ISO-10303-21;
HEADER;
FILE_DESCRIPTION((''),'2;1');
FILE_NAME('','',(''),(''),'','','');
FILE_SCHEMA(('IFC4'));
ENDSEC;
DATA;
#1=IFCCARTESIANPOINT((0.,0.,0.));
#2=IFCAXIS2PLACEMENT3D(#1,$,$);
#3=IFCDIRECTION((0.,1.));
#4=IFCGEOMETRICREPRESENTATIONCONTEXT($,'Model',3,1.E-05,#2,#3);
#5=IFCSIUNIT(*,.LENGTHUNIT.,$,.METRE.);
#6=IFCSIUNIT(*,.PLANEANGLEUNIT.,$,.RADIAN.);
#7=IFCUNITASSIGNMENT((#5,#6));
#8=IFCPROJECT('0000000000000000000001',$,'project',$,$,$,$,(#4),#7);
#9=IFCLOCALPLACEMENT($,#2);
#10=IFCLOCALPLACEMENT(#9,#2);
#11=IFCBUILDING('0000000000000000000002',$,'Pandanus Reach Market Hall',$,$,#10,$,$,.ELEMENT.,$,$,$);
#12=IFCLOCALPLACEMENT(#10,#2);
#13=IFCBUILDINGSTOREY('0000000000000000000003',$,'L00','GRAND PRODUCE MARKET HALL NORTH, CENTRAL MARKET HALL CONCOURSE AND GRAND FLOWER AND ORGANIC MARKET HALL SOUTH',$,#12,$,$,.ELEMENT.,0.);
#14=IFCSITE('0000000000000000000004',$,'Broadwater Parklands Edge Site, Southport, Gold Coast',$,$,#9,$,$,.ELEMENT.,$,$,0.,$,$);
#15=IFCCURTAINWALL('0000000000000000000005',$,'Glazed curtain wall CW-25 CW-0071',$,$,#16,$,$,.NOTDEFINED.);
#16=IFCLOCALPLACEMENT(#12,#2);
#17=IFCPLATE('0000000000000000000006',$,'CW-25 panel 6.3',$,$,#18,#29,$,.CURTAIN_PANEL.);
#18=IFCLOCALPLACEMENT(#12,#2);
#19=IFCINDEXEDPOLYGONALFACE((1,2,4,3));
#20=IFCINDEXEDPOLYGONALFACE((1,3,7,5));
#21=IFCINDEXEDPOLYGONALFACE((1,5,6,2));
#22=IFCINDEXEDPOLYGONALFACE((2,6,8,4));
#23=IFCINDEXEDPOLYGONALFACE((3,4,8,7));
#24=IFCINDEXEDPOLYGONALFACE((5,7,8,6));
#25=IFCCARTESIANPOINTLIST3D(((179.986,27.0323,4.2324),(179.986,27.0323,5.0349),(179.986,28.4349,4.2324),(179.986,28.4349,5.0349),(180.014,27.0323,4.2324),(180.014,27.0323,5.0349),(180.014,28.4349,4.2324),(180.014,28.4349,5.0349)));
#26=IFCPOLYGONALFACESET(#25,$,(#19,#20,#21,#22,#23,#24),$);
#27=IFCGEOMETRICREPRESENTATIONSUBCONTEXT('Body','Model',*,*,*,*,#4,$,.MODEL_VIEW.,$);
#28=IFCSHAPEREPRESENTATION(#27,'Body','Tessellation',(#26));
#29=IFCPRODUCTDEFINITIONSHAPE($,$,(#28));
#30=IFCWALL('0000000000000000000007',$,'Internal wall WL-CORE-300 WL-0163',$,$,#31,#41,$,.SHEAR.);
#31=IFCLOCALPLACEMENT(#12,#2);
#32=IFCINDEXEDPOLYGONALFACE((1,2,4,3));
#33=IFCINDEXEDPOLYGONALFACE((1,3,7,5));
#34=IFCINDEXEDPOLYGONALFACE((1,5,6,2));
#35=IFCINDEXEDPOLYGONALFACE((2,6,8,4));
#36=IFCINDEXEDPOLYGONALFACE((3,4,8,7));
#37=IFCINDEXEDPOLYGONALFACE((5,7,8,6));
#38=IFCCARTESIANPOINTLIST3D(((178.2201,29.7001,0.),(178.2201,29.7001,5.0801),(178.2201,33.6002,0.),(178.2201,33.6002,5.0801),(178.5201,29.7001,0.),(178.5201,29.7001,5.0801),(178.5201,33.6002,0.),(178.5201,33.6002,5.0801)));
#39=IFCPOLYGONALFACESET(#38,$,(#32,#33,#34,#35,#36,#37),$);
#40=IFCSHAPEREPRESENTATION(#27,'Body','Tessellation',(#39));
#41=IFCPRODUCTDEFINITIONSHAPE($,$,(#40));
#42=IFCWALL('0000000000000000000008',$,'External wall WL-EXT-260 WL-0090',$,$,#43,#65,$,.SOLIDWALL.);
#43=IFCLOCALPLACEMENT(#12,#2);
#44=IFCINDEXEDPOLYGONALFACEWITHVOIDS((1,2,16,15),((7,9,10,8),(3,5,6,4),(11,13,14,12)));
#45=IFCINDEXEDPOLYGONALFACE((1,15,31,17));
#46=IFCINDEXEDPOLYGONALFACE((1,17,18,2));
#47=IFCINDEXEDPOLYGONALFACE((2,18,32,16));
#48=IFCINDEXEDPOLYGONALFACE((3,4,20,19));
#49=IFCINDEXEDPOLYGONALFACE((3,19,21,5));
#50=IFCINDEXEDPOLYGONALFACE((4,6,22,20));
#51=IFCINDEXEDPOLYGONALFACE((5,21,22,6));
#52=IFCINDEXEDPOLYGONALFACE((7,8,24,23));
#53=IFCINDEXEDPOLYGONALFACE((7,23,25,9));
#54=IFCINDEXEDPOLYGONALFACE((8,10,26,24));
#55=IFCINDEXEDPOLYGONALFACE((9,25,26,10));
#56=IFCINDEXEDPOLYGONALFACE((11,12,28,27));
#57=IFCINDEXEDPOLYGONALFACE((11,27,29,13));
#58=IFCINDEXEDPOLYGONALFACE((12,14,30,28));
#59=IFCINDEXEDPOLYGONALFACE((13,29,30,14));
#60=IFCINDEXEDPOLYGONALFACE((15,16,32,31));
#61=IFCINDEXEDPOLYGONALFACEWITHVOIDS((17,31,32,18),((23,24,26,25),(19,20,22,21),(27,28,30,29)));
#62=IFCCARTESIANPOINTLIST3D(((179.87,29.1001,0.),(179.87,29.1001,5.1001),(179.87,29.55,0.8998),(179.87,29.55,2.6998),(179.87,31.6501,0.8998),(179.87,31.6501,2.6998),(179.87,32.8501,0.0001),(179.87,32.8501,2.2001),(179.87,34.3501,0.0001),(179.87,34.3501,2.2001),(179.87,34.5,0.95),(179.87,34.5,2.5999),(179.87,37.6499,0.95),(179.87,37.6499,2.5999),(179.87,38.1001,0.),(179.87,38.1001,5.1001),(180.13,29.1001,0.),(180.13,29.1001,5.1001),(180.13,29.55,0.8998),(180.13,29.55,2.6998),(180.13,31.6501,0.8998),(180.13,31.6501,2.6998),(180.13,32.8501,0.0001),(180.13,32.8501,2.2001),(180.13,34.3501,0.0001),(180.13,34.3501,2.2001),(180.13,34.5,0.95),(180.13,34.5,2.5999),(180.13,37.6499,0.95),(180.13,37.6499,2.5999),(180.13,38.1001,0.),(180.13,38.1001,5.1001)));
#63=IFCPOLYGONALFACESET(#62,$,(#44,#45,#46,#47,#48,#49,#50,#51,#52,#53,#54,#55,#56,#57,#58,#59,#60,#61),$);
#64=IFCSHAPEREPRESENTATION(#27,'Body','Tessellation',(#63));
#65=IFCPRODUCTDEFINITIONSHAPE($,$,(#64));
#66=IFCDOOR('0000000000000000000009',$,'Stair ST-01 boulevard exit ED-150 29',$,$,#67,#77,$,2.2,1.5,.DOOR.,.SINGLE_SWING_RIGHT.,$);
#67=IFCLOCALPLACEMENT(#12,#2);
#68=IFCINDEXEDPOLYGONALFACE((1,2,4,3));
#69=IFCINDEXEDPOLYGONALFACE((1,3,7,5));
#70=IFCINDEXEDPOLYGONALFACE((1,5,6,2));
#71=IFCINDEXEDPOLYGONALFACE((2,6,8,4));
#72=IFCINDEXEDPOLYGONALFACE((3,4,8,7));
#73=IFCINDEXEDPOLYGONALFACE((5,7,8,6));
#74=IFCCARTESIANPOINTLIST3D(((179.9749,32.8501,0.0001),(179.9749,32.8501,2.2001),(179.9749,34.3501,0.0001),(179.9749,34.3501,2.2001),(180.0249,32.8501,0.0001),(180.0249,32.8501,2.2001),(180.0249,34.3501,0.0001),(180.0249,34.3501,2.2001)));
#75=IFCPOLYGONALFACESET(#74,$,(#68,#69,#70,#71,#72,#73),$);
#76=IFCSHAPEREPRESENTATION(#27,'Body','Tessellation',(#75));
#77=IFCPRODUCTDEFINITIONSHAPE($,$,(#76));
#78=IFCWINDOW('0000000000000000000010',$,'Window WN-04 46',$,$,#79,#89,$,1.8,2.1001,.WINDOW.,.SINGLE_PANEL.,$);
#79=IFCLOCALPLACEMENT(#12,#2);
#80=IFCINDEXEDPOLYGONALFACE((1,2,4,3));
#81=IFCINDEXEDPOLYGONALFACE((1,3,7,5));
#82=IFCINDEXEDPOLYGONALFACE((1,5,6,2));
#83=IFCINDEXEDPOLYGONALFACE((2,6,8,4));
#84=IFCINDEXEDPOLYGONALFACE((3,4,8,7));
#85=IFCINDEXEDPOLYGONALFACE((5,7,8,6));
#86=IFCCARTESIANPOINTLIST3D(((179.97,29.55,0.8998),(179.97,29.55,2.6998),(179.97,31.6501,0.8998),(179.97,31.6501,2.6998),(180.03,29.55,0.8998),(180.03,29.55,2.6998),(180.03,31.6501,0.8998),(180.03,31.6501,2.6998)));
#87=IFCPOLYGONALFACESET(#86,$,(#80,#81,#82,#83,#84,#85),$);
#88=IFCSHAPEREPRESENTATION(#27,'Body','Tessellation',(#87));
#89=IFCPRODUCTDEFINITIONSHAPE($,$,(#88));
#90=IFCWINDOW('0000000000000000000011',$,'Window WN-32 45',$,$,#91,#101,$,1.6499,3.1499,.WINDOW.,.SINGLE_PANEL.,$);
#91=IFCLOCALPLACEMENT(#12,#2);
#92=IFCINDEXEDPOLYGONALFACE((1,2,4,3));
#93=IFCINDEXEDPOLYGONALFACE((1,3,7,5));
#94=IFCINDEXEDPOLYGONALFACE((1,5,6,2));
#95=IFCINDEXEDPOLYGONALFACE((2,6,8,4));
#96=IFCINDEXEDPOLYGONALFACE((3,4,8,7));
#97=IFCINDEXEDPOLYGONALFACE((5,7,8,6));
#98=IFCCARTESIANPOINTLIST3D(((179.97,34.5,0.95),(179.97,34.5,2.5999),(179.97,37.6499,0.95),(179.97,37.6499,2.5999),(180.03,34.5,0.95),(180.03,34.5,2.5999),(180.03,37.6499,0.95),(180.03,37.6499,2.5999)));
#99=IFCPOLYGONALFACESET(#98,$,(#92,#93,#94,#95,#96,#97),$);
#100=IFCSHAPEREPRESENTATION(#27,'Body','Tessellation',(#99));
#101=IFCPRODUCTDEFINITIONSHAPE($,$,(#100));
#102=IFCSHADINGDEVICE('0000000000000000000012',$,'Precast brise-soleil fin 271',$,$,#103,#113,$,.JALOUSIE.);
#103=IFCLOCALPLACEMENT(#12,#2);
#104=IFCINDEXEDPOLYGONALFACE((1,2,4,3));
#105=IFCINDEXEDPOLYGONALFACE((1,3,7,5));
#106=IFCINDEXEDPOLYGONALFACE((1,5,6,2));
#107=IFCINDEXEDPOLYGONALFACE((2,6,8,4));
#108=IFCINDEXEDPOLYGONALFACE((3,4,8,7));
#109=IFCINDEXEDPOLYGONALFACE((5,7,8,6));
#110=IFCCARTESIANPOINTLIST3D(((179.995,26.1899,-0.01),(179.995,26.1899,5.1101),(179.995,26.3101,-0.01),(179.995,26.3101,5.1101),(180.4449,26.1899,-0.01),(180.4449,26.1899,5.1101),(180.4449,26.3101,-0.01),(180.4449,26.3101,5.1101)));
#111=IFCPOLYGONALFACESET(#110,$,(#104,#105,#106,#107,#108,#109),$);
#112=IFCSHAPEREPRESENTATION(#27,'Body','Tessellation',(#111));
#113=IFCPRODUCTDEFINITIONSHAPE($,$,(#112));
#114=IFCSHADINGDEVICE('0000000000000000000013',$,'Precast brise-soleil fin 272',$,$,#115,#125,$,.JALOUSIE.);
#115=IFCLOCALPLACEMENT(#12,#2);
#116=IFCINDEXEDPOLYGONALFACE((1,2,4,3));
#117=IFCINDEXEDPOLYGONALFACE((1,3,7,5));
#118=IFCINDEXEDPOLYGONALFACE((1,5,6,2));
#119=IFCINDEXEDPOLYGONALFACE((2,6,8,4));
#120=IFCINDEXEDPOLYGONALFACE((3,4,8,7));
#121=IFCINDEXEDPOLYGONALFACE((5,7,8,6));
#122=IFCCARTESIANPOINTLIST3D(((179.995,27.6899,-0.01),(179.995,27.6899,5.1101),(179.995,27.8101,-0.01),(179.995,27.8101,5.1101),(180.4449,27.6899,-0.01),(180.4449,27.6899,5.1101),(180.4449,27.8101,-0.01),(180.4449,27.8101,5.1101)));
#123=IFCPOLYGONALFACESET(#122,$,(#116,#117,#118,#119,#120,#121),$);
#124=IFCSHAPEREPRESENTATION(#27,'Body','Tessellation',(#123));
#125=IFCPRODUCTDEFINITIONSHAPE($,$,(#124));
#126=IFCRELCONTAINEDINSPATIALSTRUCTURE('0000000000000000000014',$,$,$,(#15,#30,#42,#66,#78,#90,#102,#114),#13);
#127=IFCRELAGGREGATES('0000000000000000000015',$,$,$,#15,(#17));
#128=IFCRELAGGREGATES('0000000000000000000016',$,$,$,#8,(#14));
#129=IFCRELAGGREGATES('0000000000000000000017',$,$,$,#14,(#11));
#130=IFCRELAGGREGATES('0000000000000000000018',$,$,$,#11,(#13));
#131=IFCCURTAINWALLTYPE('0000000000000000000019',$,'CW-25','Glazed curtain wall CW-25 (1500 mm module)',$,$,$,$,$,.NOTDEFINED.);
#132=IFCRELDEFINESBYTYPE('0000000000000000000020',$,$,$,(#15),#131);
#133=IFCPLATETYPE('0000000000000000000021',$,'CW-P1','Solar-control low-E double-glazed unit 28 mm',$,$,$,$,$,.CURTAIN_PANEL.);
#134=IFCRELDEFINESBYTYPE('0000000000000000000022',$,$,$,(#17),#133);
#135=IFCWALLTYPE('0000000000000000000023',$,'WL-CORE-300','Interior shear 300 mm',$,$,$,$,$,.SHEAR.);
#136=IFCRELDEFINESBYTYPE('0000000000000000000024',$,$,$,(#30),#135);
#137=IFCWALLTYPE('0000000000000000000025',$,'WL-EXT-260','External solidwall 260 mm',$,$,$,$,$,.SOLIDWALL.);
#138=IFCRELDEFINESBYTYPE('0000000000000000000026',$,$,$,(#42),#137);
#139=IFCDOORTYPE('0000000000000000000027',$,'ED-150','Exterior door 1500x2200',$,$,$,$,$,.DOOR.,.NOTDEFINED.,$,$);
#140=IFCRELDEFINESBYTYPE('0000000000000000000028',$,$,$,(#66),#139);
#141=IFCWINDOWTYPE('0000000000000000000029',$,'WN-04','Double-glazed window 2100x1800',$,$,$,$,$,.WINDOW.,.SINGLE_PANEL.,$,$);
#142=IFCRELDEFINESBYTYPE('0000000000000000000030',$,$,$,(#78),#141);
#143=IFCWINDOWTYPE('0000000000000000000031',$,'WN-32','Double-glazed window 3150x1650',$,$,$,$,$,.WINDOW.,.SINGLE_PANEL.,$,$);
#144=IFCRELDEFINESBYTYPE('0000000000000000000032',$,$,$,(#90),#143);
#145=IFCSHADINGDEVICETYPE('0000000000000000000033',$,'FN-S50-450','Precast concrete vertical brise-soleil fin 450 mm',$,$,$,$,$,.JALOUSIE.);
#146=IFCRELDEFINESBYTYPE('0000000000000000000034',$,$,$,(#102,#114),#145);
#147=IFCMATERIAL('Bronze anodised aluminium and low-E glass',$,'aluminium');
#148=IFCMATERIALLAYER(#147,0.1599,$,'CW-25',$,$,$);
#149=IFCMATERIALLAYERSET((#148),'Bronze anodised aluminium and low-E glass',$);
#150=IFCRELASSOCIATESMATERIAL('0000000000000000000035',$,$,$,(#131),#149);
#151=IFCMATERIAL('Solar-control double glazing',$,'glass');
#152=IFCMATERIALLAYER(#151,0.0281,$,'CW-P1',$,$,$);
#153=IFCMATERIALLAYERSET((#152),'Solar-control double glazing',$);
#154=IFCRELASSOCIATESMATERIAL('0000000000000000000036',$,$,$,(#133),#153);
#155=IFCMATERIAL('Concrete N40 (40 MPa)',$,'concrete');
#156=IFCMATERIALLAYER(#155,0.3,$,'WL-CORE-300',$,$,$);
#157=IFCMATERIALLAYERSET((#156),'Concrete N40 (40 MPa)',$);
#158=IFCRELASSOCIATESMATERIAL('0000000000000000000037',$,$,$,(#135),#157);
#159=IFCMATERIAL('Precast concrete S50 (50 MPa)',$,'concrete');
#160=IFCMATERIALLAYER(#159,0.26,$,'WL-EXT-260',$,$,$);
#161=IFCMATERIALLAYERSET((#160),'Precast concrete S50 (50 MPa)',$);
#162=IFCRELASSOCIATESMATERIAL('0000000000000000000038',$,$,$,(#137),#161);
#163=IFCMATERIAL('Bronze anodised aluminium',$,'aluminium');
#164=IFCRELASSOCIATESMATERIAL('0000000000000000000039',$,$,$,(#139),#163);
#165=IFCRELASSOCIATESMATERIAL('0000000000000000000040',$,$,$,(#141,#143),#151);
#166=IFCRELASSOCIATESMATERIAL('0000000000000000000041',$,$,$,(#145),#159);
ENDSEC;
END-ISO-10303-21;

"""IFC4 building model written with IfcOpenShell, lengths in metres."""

from ifc_helpers import new_model, si_unit, direction, frame, frame_2d, origin, origin_2d, place, context, subcontext, project, spatial, rectangle, extrude, material, layer, layer_set, type_object, element, fill, aggregate, save


model = new_model("IFC4")

# Units and contexts
model_context = context("Model", 3, precision=1e-05, world=origin(), true_north=direction((0.0, 1.0)))
body_context = subcontext(model_context, "Body", "Model", "MODEL_VIEW")
ifc_project = project(units=[si_unit("LENGTHUNIT", "METRE"), si_unit("PLANEANGLEUNIT", "RADIAN")], contexts=[model_context])

# Site, building, storey
site_placement = place(None, origin())
site = spatial("IfcSite", under=ifc_project, at=site_placement, Name="Broadwater Parklands Edge Site, Southport, Gold Coast", CompositionType="ELEMENT", RefElevation=0.0)
building_placement = place(site_placement, origin())
building = spatial("IfcBuilding", under=site, at=building_placement, Name="Pandanus Reach Market Hall", CompositionType="ELEMENT")
storey_placement = place(building_placement, origin())
storey = spatial("IfcBuildingStorey", under=building, at=storey_placement, Name="L00", Description="GRAND PRODUCE MARKET HALL NORTH, CENTRAL MARKET HALL CONCOURSE AND GRAND FLOWER AND ORGANIC MARKET HALL SOUTH", CompositionType="ELEMENT", Elevation=0.0)

# Shared definitions
ifc_material_1 = material(Name="Concrete N40 (40 MPa)", Category="concrete")

# Curtain wall, plate
ifc_material_2 = material(Name="Bronze anodised aluminium and low-E glass", Category="aluminium")
ifc_layer_1 = layer(ifc_material_2, 0.1599, Name="CW-25")
ifc_layer_set_1 = layer_set([ifc_layer_1], Name="Bronze anodised aluminium and low-E glass")
curtain_wall_type = type_object("IfcCurtainWallType", Name="CW-25", Description="Glazed curtain wall CW-25 (1500 mm module)", PredefinedType="NOTDEFINED", material=ifc_layer_set_1)
curtain_wall_placement = place(storey_placement, origin())
curtain_wall = element("IfcCurtainWall", 1, at=curtain_wall_placement, inside=storey, type_object=curtain_wall_type, Name="Glazed curtain wall CW-25 CW-0071", PredefinedType="NOTDEFINED")
ifc_material_3 = material(Name="Bronze anodised aluminium", Category="aluminium")
ifc_material_4 = material(Name="Solar-control double glazing", Category="glass")
ifc_layer_2 = layer(ifc_material_4, 0.0281, Name="CW-P1")
ifc_layer_set_2 = layer_set([ifc_layer_2], Name="Solar-control double glazing")
plate_type = type_object("IfcPlateType", Name="CW-P1", Description="Solar-control low-E double-glazed unit 28 mm", PredefinedType="CURTAIN_PANEL", material=ifc_layer_set_2)
plate_1_placement = place(storey_placement, frame((180.0, 27.7336, 4.2324), z_axis=(0.0, 0.0, 1.0), x_axis=(0.0, 1.0, 0.0)))
plate_1 = element("IfcPlate", 2, at=plate_1_placement, type_object=plate_type, Name="CW-25 panel 6.3", PredefinedType="CURTAIN_PANEL", context=body_context, shape_type="SweptSolid", body=[
    extrude(rectangle(XDim=1.4026, YDim=0.0281, at=origin_2d()), origin(), (0.0, 0.0, 1.0), 0.8025),
])
aggregate(curtain_wall, [plate_1])

# Wall
ifc_layer_3 = layer(ifc_material_1, 0.3, Name="WL-CORE-300")
ifc_layer_set_3 = layer_set([ifc_layer_3], Name="Concrete N40 (40 MPa)")
wall_type_1 = type_object("IfcWallType", Name="WL-CORE-300", Description="Interior shear 300 mm", PredefinedType="SHEAR", material=ifc_layer_set_3)
wall_1_placement = place(storey_placement, frame((178.3701, 29.7, 0.0), z_axis=(0.0, 0.0, 1.0), x_axis=(0.0, 1.0, 0.0)))
element("IfcWall", 3, at=wall_1_placement, inside=storey, type_object=wall_type_1, Name="Internal wall WL-CORE-300 WL-0163", PredefinedType="SHEAR", context=body_context, shape_type="SweptSolid", body=[
    extrude(rectangle(XDim=3.9001, YDim=0.3, at=frame_2d((1.9502, 0.0))), origin(), (0.0, 0.0, 1.0), 5.0801),
])

# Wall, openings, door, windows
ifc_material_5 = material(Name="Precast concrete S50 (50 MPa)", Category="concrete")
ifc_layer_4 = layer(ifc_material_5, 0.26, Name="WL-EXT-260")
ifc_layer_set_4 = layer_set([ifc_layer_4], Name="Precast concrete S50 (50 MPa)")
wall_type_2 = type_object("IfcWallType", Name="WL-EXT-260", Description="External solidwall 260 mm", PredefinedType="SOLIDWALL", material=ifc_layer_set_4)
wall_2_placement = place(storey_placement, frame((180.0, 29.1001, 0.0), z_axis=(0.0, 0.0, 1.0), x_axis=(0.0, 1.0, 0.0)))
wall_2 = element("IfcWall", 4, at=wall_2_placement, inside=storey, type_object=wall_type_2, Name="External wall WL-EXT-260 WL-0090", PredefinedType="SOLIDWALL", context=body_context, shape_type="SweptSolid", body=[
    extrude(rectangle(XDim=9.0, YDim=0.26, at=frame_2d((4.5, 0.0))), origin(), (0.0, 0.0, 1.0), 5.1001),
])
opening_1_placement = place(wall_2_placement, frame((3.75, 0.0, 0.0)))
opening_1 = element("IfcOpeningElement", 5, at=opening_1_placement, cuts=wall_2, PredefinedType="OPENING", context=body_context, shape_type="SweptSolid", body=[
    extrude(rectangle(XDim=1.5, YDim=2.2, at=frame_2d((0.75, 1.1001))), frame((0.0, 0.145, 0.0), z_axis=(0.0, -1.0, 0.0), x_axis=(1.0, 0.0, 0.0)), (0.0, 0.0, 1.0), 0.29),
])
opening_2_placement = place(wall_2_placement, frame((5.3999, 0.0, 0.95)))
opening_2 = element("IfcOpeningElement", 6, at=opening_2_placement, cuts=wall_2, PredefinedType="OPENING", context=body_context, shape_type="SweptSolid", body=[
    extrude(rectangle(XDim=3.1499, YDim=1.6499, at=frame_2d((1.575, 0.825))), frame((0.0, 0.145, 0.0), z_axis=(0.0, -1.0, 0.0), x_axis=(1.0, 0.0, 0.0)), (0.0, 0.0, 1.0), 0.29),
])
opening_3_placement = place(wall_2_placement, frame((0.45, 0.0, 0.8999)))
opening_3 = element("IfcOpeningElement", 7, at=opening_3_placement, cuts=wall_2, PredefinedType="OPENING", context=body_context, shape_type="SweptSolid", body=[
    extrude(rectangle(XDim=2.1001, YDim=1.8, at=frame_2d((1.05, 0.8999))), frame((0.0, 0.145, 0.0), z_axis=(0.0, -1.0, 0.0), x_axis=(1.0, 0.0, 0.0)), (0.0, 0.0, 1.0), 0.29),
])
door_type = type_object("IfcDoorType", Name="ED-150", Description="Exterior door 1500x2200", OperationType="NOTDEFINED", PredefinedType="DOOR", material=ifc_material_3)
door_placement = place(opening_1_placement, frame((1.5, 0.0, 0.0), z_axis=(0.0, 0.0, 1.0), x_axis=(-1.0, 0.0, 0.0)))
door = element("IfcDoor", 8, at=door_placement, inside=storey, type_object=door_type, Name="Stair ST-01 boulevard exit ED-150 29", OperationType="SINGLE_SWING_RIGHT", OverallHeight=2.2, OverallWidth=1.5, PredefinedType="DOOR", context=body_context, shape_type="SweptSolid", body=[
    extrude(rectangle(XDim=1.5, YDim=2.2, at=frame_2d((0.75, 1.1001))), frame((0.0, 0.0249, 0.0), z_axis=(0.0, -1.0, 0.0), x_axis=(1.0, 0.0, 0.0)), (0.0, 0.0, 1.0), 0.05),
])
fill(opening_1, door)
window_type_1 = type_object("IfcWindowType", Name="WN-04", Description="Double-glazed window 2100x1800", PartitioningType="SINGLE_PANEL", PredefinedType="WINDOW", material=ifc_material_4)
window_1_placement = place(opening_3_placement, origin())
window_1 = element("IfcWindow", 9, at=window_1_placement, inside=storey, type_object=window_type_1, Name="Window WN-04 46", OverallHeight=1.8, OverallWidth=2.1001, PartitioningType="SINGLE_PANEL", PredefinedType="WINDOW", context=body_context, shape_type="SweptSolid", body=[
    extrude(rectangle(XDim=2.1001, YDim=1.8, at=frame_2d((1.05, 0.8999))), frame((0.0, 0.03, 0.0), z_axis=(0.0, -1.0, 0.0), x_axis=(1.0, 0.0, 0.0)), (0.0, 0.0, 1.0), 0.0601),
])
fill(opening_3, window_1)
window_type_2 = type_object("IfcWindowType", Name="WN-32", Description="Double-glazed window 3150x1650", PartitioningType="SINGLE_PANEL", PredefinedType="WINDOW", material=ifc_material_4)
window_2_placement = place(opening_2_placement, origin())
window_2 = element("IfcWindow", 10, at=window_2_placement, inside=storey, type_object=window_type_2, Name="Window WN-32 45", OverallHeight=1.6499, OverallWidth=3.1499, PartitioningType="SINGLE_PANEL", PredefinedType="WINDOW", context=body_context, shape_type="SweptSolid", body=[
    extrude(rectangle(XDim=3.1499, YDim=1.6499, at=frame_2d((1.575, 0.825))), frame((0.0, 0.03, 0.0), z_axis=(0.0, -1.0, 0.0), x_axis=(1.0, 0.0, 0.0)), (0.0, 0.0, 1.0), 0.0601),
])
fill(opening_2, window_2)

# Shading devices
shading_device_type = type_object("IfcShadingDeviceType", Name="FN-S50-450", Description="Precast concrete vertical brise-soleil fin 450 mm", PredefinedType="JALOUSIE", material=ifc_material_5)
for number, where, z_axis, x_axis, name in (
    (11, (180.22, 26.25, -0.01), (0.0, 0.0, 1.0), (1.0, 0.0, 0.0), "Precast brise-soleil fin 271"),
    (12, (180.22, 27.75, -0.01), (0.0, 0.0, 1.0), (1.0, 0.0, 0.0), "Precast brise-soleil fin 272"),
):
    element("IfcShadingDevice", number, at=place(storey_placement, frame(where, z_axis=z_axis, x_axis=x_axis)), inside=storey, type_object=shading_device_type, Name=name, PredefinedType="JALOUSIE", context=body_context, shape_type="SweptSolid", body=[
        extrude(rectangle(XDim=0.45, YDim=0.1201, at=origin_2d()), origin(), (0.0, 0.0, 1.0), 5.1201),
    ])

save(model, "model.ifc")
